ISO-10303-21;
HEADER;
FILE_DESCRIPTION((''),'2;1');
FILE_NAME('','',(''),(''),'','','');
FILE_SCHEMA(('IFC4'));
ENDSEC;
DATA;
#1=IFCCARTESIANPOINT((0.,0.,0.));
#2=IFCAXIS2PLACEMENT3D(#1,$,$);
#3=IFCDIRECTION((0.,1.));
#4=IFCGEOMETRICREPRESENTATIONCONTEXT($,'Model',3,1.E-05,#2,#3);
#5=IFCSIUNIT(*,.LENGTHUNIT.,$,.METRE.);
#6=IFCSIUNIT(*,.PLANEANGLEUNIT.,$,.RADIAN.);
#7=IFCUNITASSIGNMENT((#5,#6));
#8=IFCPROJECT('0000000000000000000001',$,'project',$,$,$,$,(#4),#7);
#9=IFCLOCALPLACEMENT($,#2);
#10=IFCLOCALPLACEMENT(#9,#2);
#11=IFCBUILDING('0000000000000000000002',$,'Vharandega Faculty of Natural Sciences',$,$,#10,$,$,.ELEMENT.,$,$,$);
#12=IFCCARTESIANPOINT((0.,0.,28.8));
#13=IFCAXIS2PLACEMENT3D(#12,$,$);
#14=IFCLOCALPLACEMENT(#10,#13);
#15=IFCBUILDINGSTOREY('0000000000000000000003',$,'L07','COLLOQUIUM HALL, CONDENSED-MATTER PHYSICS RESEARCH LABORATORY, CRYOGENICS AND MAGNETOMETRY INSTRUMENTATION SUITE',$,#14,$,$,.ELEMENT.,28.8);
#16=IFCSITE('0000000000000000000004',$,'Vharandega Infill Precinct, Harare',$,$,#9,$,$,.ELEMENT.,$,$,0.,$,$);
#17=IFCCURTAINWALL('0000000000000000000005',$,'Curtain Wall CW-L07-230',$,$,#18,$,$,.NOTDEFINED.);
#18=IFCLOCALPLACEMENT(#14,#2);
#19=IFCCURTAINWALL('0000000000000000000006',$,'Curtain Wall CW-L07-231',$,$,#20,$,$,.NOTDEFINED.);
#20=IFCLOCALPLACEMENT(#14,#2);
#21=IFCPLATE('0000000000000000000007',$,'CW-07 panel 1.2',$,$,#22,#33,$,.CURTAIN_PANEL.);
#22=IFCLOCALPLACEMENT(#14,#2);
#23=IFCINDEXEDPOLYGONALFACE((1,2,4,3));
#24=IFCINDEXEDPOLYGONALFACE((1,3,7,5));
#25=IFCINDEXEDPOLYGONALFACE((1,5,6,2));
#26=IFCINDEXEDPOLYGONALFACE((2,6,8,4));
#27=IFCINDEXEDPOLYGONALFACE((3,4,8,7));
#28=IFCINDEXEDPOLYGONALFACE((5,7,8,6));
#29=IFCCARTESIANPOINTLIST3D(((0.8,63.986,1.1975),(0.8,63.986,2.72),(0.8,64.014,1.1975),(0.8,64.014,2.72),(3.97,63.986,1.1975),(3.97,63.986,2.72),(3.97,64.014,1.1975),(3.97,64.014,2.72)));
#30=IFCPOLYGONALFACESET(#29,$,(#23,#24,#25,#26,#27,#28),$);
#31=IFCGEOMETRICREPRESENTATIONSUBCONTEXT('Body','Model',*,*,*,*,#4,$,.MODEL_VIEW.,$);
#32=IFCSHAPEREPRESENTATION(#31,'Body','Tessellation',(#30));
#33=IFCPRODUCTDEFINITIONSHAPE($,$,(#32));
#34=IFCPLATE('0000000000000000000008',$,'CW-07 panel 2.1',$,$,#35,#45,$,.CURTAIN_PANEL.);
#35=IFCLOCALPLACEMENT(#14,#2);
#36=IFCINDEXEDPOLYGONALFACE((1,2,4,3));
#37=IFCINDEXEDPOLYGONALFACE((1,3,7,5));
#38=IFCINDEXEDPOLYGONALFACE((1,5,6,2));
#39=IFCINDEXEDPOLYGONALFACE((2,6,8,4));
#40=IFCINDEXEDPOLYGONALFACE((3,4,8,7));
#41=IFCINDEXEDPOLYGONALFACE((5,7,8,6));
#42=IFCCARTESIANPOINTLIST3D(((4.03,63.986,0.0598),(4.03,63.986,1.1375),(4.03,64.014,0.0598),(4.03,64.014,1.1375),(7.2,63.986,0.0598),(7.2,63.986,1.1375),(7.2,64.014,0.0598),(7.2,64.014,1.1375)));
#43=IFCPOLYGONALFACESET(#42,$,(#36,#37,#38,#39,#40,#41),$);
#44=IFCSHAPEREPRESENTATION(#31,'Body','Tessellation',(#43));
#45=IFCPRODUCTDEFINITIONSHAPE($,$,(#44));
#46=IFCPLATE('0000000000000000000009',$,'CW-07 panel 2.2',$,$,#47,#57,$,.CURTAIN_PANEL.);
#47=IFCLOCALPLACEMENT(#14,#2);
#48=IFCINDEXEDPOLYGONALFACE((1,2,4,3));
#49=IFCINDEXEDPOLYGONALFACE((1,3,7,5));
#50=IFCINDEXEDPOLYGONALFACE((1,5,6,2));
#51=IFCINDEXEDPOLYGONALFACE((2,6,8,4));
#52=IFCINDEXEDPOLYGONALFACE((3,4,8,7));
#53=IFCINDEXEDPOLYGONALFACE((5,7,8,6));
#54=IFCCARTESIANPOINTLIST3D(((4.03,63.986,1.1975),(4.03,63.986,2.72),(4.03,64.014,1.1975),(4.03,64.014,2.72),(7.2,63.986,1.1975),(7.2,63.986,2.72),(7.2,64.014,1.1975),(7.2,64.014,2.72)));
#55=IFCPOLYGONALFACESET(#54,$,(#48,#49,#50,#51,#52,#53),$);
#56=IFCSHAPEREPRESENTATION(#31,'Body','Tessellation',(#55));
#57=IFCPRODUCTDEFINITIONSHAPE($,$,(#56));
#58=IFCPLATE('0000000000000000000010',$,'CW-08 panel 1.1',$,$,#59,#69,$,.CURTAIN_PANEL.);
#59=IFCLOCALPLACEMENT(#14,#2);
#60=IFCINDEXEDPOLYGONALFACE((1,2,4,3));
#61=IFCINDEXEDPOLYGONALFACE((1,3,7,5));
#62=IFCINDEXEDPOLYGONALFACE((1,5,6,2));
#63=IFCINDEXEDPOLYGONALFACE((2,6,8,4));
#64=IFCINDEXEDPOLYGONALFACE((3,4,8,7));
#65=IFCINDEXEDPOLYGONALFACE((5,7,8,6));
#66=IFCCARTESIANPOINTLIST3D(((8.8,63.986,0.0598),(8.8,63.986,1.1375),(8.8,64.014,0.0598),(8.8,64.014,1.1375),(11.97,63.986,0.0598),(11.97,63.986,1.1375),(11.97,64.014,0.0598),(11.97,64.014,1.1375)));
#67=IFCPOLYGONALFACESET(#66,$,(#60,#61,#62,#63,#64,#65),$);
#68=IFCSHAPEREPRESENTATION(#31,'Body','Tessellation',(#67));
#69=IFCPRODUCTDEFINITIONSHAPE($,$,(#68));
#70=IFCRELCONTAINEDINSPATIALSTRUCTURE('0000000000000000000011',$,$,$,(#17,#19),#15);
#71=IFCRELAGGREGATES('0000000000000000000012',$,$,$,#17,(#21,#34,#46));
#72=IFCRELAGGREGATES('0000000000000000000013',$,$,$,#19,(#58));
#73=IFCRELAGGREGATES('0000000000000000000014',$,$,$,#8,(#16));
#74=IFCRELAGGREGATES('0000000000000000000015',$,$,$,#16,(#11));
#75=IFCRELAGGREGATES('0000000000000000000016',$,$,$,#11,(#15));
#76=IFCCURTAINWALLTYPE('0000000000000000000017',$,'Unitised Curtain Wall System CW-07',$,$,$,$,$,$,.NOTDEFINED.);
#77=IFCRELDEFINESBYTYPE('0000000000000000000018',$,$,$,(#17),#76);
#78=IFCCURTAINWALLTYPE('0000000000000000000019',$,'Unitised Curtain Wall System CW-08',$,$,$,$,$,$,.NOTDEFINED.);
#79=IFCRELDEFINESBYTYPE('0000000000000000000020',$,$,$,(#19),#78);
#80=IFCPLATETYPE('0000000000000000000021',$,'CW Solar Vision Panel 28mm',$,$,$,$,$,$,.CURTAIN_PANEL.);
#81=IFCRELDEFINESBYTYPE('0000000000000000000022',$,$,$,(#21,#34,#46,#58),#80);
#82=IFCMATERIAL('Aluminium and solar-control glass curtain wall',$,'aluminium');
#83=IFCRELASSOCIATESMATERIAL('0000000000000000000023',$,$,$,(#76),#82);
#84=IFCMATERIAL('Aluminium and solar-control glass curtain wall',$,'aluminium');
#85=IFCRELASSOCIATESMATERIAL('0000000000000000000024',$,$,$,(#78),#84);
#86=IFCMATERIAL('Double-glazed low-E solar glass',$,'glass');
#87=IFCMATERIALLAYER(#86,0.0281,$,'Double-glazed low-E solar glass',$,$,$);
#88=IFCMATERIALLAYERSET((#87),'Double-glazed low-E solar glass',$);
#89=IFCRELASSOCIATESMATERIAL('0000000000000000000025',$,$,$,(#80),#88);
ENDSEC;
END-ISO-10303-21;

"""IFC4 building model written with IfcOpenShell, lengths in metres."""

from ifc_helpers import new_model, si_unit, direction, frame, origin, origin_2d, place, context, subcontext, project, spatial, rectangle, extrude, material, layer, layer_set, type_object, element, aggregate, save


model = new_model("IFC4")

# Units and contexts
model_context = context("Model", 3, precision=1e-05, world=origin(), true_north=direction((0.0, 1.0)))
body_context = subcontext(model_context, "Body", "Model", "MODEL_VIEW")
ifc_project = project(units=[si_unit("LENGTHUNIT", "METRE"), si_unit("PLANEANGLEUNIT", "RADIAN")], contexts=[model_context])

# Site, building, storey
site_placement = place(None, origin())
site = spatial("IfcSite", under=ifc_project, at=site_placement, Name="Vharandega Infill Precinct, Harare", CompositionType="ELEMENT", RefElevation=0.0)
building_placement = place(site_placement, origin())
building = spatial("IfcBuilding", under=site, at=building_placement, Name="Vharandega Faculty of Natural Sciences", CompositionType="ELEMENT")
storey_placement = place(building_placement, frame((0.0, 0.0, 28.8)))
storey = spatial("IfcBuildingStorey", under=building, at=storey_placement, Name="L07", Description="COLLOQUIUM HALL, CONDENSED-MATTER PHYSICS RESEARCH LABORATORY, CRYOGENICS AND MAGNETOMETRY INSTRUMENTATION SUITE", CompositionType="ELEMENT", Elevation=28.8)

# Curtain wall
ifc_material_1 = material(Name="Aluminium and solar-control glass curtain wall", Category="aluminium")
curtain_wall_type_1 = type_object("IfcCurtainWallType", Name="Unitised Curtain Wall System CW-07", PredefinedType="NOTDEFINED", material=ifc_material_1)
curtain_wall_1_placement = place(storey_placement, origin())
curtain_wall_1 = element("IfcCurtainWall", 1, at=curtain_wall_1_placement, inside=storey, type_object=curtain_wall_type_1, Name="Curtain Wall CW-L07-230", PredefinedType="NOTDEFINED")

# Curtain wall
ifc_material_2 = material(Name="Aluminium and solar-control glass curtain wall", Category="aluminium")
curtain_wall_type_2 = type_object("IfcCurtainWallType", Name="Unitised Curtain Wall System CW-08", PredefinedType="NOTDEFINED", material=ifc_material_2)
curtain_wall_2_placement = place(storey_placement, origin())
curtain_wall_2 = element("IfcCurtainWall", 2, at=curtain_wall_2_placement, inside=storey, type_object=curtain_wall_type_2, Name="Curtain Wall CW-L07-231", PredefinedType="NOTDEFINED")

# Plates
ifc_material_3 = material(Name="Double-glazed low-E solar glass", Category="glass")
ifc_layer = layer(ifc_material_3, 0.0281, Name="Double-glazed low-E solar glass")
ifc_layer_set = layer_set([ifc_layer], Name="Double-glazed low-E solar glass")
plate_type = type_object("IfcPlateType", Name="CW Solar Vision Panel 28mm", PredefinedType="CURTAIN_PANEL", material=ifc_layer_set)
plate_1_placement = place(storey_placement, frame((2.385, 64.0, 1.1975), z_axis=(0.0, 0.0, 1.0), x_axis=(1.0, 0.0, 0.0)))
plate_1 = element("IfcPlate", 3, at=plate_1_placement, type_object=plate_type, Name="CW-07 panel 1.2", PredefinedType="CURTAIN_PANEL", context=body_context, shape_type="SweptSolid", body=[
    extrude(rectangle(XDim=3.1699, YDim=0.0281, at=origin_2d()), origin(), (0.0, 0.0, 1.0), 1.5225),
])
plate_2_placement = place(storey_placement, frame((5.615, 64.0, 0.0598), z_axis=(0.0, 0.0, 1.0), x_axis=(1.0, 0.0, 0.0)))
plate_2 = element("IfcPlate", 4, at=plate_2_placement, type_object=plate_type, Name="CW-07 panel 2.1", PredefinedType="CURTAIN_PANEL", context=body_context, shape_type="SweptSolid", body=[
    extrude(rectangle(XDim=3.1699, YDim=0.0281, at=origin_2d()), origin(), (0.0, 0.0, 1.0), 1.0776),
])
plate_3_placement = place(storey_placement, frame((5.615, 64.0, 1.1975), z_axis=(0.0, 0.0, 1.0), x_axis=(1.0, 0.0, 0.0)))
plate_3 = element("IfcPlate", 5, at=plate_3_placement, type_object=plate_type, Name="CW-07 panel 2.2", PredefinedType="CURTAIN_PANEL", context=body_context, shape_type="SweptSolid", body=[
    extrude(rectangle(XDim=3.1699, YDim=0.0281, at=origin_2d()), origin(), (0.0, 0.0, 1.0), 1.5225),
])
aggregate(curtain_wall_1, [plate_1, plate_2, plate_3])
plate_4_placement = place(storey_placement, frame((10.385, 64.0, 0.0598), z_axis=(0.0, 0.0, 1.0), x_axis=(1.0, 0.0, 0.0)))
plate_4 = element("IfcPlate", 6, at=plate_4_placement, type_object=plate_type, Name="CW-08 panel 1.1", PredefinedType="CURTAIN_PANEL", context=body_context, shape_type="SweptSolid", body=[
    extrude(rectangle(XDim=3.1699, YDim=0.0281, at=origin_2d()), origin(), (0.0, 0.0, 1.0), 1.0776),
])
aggregate(curtain_wall_2, [plate_4])

save(model, "model.ifc")
